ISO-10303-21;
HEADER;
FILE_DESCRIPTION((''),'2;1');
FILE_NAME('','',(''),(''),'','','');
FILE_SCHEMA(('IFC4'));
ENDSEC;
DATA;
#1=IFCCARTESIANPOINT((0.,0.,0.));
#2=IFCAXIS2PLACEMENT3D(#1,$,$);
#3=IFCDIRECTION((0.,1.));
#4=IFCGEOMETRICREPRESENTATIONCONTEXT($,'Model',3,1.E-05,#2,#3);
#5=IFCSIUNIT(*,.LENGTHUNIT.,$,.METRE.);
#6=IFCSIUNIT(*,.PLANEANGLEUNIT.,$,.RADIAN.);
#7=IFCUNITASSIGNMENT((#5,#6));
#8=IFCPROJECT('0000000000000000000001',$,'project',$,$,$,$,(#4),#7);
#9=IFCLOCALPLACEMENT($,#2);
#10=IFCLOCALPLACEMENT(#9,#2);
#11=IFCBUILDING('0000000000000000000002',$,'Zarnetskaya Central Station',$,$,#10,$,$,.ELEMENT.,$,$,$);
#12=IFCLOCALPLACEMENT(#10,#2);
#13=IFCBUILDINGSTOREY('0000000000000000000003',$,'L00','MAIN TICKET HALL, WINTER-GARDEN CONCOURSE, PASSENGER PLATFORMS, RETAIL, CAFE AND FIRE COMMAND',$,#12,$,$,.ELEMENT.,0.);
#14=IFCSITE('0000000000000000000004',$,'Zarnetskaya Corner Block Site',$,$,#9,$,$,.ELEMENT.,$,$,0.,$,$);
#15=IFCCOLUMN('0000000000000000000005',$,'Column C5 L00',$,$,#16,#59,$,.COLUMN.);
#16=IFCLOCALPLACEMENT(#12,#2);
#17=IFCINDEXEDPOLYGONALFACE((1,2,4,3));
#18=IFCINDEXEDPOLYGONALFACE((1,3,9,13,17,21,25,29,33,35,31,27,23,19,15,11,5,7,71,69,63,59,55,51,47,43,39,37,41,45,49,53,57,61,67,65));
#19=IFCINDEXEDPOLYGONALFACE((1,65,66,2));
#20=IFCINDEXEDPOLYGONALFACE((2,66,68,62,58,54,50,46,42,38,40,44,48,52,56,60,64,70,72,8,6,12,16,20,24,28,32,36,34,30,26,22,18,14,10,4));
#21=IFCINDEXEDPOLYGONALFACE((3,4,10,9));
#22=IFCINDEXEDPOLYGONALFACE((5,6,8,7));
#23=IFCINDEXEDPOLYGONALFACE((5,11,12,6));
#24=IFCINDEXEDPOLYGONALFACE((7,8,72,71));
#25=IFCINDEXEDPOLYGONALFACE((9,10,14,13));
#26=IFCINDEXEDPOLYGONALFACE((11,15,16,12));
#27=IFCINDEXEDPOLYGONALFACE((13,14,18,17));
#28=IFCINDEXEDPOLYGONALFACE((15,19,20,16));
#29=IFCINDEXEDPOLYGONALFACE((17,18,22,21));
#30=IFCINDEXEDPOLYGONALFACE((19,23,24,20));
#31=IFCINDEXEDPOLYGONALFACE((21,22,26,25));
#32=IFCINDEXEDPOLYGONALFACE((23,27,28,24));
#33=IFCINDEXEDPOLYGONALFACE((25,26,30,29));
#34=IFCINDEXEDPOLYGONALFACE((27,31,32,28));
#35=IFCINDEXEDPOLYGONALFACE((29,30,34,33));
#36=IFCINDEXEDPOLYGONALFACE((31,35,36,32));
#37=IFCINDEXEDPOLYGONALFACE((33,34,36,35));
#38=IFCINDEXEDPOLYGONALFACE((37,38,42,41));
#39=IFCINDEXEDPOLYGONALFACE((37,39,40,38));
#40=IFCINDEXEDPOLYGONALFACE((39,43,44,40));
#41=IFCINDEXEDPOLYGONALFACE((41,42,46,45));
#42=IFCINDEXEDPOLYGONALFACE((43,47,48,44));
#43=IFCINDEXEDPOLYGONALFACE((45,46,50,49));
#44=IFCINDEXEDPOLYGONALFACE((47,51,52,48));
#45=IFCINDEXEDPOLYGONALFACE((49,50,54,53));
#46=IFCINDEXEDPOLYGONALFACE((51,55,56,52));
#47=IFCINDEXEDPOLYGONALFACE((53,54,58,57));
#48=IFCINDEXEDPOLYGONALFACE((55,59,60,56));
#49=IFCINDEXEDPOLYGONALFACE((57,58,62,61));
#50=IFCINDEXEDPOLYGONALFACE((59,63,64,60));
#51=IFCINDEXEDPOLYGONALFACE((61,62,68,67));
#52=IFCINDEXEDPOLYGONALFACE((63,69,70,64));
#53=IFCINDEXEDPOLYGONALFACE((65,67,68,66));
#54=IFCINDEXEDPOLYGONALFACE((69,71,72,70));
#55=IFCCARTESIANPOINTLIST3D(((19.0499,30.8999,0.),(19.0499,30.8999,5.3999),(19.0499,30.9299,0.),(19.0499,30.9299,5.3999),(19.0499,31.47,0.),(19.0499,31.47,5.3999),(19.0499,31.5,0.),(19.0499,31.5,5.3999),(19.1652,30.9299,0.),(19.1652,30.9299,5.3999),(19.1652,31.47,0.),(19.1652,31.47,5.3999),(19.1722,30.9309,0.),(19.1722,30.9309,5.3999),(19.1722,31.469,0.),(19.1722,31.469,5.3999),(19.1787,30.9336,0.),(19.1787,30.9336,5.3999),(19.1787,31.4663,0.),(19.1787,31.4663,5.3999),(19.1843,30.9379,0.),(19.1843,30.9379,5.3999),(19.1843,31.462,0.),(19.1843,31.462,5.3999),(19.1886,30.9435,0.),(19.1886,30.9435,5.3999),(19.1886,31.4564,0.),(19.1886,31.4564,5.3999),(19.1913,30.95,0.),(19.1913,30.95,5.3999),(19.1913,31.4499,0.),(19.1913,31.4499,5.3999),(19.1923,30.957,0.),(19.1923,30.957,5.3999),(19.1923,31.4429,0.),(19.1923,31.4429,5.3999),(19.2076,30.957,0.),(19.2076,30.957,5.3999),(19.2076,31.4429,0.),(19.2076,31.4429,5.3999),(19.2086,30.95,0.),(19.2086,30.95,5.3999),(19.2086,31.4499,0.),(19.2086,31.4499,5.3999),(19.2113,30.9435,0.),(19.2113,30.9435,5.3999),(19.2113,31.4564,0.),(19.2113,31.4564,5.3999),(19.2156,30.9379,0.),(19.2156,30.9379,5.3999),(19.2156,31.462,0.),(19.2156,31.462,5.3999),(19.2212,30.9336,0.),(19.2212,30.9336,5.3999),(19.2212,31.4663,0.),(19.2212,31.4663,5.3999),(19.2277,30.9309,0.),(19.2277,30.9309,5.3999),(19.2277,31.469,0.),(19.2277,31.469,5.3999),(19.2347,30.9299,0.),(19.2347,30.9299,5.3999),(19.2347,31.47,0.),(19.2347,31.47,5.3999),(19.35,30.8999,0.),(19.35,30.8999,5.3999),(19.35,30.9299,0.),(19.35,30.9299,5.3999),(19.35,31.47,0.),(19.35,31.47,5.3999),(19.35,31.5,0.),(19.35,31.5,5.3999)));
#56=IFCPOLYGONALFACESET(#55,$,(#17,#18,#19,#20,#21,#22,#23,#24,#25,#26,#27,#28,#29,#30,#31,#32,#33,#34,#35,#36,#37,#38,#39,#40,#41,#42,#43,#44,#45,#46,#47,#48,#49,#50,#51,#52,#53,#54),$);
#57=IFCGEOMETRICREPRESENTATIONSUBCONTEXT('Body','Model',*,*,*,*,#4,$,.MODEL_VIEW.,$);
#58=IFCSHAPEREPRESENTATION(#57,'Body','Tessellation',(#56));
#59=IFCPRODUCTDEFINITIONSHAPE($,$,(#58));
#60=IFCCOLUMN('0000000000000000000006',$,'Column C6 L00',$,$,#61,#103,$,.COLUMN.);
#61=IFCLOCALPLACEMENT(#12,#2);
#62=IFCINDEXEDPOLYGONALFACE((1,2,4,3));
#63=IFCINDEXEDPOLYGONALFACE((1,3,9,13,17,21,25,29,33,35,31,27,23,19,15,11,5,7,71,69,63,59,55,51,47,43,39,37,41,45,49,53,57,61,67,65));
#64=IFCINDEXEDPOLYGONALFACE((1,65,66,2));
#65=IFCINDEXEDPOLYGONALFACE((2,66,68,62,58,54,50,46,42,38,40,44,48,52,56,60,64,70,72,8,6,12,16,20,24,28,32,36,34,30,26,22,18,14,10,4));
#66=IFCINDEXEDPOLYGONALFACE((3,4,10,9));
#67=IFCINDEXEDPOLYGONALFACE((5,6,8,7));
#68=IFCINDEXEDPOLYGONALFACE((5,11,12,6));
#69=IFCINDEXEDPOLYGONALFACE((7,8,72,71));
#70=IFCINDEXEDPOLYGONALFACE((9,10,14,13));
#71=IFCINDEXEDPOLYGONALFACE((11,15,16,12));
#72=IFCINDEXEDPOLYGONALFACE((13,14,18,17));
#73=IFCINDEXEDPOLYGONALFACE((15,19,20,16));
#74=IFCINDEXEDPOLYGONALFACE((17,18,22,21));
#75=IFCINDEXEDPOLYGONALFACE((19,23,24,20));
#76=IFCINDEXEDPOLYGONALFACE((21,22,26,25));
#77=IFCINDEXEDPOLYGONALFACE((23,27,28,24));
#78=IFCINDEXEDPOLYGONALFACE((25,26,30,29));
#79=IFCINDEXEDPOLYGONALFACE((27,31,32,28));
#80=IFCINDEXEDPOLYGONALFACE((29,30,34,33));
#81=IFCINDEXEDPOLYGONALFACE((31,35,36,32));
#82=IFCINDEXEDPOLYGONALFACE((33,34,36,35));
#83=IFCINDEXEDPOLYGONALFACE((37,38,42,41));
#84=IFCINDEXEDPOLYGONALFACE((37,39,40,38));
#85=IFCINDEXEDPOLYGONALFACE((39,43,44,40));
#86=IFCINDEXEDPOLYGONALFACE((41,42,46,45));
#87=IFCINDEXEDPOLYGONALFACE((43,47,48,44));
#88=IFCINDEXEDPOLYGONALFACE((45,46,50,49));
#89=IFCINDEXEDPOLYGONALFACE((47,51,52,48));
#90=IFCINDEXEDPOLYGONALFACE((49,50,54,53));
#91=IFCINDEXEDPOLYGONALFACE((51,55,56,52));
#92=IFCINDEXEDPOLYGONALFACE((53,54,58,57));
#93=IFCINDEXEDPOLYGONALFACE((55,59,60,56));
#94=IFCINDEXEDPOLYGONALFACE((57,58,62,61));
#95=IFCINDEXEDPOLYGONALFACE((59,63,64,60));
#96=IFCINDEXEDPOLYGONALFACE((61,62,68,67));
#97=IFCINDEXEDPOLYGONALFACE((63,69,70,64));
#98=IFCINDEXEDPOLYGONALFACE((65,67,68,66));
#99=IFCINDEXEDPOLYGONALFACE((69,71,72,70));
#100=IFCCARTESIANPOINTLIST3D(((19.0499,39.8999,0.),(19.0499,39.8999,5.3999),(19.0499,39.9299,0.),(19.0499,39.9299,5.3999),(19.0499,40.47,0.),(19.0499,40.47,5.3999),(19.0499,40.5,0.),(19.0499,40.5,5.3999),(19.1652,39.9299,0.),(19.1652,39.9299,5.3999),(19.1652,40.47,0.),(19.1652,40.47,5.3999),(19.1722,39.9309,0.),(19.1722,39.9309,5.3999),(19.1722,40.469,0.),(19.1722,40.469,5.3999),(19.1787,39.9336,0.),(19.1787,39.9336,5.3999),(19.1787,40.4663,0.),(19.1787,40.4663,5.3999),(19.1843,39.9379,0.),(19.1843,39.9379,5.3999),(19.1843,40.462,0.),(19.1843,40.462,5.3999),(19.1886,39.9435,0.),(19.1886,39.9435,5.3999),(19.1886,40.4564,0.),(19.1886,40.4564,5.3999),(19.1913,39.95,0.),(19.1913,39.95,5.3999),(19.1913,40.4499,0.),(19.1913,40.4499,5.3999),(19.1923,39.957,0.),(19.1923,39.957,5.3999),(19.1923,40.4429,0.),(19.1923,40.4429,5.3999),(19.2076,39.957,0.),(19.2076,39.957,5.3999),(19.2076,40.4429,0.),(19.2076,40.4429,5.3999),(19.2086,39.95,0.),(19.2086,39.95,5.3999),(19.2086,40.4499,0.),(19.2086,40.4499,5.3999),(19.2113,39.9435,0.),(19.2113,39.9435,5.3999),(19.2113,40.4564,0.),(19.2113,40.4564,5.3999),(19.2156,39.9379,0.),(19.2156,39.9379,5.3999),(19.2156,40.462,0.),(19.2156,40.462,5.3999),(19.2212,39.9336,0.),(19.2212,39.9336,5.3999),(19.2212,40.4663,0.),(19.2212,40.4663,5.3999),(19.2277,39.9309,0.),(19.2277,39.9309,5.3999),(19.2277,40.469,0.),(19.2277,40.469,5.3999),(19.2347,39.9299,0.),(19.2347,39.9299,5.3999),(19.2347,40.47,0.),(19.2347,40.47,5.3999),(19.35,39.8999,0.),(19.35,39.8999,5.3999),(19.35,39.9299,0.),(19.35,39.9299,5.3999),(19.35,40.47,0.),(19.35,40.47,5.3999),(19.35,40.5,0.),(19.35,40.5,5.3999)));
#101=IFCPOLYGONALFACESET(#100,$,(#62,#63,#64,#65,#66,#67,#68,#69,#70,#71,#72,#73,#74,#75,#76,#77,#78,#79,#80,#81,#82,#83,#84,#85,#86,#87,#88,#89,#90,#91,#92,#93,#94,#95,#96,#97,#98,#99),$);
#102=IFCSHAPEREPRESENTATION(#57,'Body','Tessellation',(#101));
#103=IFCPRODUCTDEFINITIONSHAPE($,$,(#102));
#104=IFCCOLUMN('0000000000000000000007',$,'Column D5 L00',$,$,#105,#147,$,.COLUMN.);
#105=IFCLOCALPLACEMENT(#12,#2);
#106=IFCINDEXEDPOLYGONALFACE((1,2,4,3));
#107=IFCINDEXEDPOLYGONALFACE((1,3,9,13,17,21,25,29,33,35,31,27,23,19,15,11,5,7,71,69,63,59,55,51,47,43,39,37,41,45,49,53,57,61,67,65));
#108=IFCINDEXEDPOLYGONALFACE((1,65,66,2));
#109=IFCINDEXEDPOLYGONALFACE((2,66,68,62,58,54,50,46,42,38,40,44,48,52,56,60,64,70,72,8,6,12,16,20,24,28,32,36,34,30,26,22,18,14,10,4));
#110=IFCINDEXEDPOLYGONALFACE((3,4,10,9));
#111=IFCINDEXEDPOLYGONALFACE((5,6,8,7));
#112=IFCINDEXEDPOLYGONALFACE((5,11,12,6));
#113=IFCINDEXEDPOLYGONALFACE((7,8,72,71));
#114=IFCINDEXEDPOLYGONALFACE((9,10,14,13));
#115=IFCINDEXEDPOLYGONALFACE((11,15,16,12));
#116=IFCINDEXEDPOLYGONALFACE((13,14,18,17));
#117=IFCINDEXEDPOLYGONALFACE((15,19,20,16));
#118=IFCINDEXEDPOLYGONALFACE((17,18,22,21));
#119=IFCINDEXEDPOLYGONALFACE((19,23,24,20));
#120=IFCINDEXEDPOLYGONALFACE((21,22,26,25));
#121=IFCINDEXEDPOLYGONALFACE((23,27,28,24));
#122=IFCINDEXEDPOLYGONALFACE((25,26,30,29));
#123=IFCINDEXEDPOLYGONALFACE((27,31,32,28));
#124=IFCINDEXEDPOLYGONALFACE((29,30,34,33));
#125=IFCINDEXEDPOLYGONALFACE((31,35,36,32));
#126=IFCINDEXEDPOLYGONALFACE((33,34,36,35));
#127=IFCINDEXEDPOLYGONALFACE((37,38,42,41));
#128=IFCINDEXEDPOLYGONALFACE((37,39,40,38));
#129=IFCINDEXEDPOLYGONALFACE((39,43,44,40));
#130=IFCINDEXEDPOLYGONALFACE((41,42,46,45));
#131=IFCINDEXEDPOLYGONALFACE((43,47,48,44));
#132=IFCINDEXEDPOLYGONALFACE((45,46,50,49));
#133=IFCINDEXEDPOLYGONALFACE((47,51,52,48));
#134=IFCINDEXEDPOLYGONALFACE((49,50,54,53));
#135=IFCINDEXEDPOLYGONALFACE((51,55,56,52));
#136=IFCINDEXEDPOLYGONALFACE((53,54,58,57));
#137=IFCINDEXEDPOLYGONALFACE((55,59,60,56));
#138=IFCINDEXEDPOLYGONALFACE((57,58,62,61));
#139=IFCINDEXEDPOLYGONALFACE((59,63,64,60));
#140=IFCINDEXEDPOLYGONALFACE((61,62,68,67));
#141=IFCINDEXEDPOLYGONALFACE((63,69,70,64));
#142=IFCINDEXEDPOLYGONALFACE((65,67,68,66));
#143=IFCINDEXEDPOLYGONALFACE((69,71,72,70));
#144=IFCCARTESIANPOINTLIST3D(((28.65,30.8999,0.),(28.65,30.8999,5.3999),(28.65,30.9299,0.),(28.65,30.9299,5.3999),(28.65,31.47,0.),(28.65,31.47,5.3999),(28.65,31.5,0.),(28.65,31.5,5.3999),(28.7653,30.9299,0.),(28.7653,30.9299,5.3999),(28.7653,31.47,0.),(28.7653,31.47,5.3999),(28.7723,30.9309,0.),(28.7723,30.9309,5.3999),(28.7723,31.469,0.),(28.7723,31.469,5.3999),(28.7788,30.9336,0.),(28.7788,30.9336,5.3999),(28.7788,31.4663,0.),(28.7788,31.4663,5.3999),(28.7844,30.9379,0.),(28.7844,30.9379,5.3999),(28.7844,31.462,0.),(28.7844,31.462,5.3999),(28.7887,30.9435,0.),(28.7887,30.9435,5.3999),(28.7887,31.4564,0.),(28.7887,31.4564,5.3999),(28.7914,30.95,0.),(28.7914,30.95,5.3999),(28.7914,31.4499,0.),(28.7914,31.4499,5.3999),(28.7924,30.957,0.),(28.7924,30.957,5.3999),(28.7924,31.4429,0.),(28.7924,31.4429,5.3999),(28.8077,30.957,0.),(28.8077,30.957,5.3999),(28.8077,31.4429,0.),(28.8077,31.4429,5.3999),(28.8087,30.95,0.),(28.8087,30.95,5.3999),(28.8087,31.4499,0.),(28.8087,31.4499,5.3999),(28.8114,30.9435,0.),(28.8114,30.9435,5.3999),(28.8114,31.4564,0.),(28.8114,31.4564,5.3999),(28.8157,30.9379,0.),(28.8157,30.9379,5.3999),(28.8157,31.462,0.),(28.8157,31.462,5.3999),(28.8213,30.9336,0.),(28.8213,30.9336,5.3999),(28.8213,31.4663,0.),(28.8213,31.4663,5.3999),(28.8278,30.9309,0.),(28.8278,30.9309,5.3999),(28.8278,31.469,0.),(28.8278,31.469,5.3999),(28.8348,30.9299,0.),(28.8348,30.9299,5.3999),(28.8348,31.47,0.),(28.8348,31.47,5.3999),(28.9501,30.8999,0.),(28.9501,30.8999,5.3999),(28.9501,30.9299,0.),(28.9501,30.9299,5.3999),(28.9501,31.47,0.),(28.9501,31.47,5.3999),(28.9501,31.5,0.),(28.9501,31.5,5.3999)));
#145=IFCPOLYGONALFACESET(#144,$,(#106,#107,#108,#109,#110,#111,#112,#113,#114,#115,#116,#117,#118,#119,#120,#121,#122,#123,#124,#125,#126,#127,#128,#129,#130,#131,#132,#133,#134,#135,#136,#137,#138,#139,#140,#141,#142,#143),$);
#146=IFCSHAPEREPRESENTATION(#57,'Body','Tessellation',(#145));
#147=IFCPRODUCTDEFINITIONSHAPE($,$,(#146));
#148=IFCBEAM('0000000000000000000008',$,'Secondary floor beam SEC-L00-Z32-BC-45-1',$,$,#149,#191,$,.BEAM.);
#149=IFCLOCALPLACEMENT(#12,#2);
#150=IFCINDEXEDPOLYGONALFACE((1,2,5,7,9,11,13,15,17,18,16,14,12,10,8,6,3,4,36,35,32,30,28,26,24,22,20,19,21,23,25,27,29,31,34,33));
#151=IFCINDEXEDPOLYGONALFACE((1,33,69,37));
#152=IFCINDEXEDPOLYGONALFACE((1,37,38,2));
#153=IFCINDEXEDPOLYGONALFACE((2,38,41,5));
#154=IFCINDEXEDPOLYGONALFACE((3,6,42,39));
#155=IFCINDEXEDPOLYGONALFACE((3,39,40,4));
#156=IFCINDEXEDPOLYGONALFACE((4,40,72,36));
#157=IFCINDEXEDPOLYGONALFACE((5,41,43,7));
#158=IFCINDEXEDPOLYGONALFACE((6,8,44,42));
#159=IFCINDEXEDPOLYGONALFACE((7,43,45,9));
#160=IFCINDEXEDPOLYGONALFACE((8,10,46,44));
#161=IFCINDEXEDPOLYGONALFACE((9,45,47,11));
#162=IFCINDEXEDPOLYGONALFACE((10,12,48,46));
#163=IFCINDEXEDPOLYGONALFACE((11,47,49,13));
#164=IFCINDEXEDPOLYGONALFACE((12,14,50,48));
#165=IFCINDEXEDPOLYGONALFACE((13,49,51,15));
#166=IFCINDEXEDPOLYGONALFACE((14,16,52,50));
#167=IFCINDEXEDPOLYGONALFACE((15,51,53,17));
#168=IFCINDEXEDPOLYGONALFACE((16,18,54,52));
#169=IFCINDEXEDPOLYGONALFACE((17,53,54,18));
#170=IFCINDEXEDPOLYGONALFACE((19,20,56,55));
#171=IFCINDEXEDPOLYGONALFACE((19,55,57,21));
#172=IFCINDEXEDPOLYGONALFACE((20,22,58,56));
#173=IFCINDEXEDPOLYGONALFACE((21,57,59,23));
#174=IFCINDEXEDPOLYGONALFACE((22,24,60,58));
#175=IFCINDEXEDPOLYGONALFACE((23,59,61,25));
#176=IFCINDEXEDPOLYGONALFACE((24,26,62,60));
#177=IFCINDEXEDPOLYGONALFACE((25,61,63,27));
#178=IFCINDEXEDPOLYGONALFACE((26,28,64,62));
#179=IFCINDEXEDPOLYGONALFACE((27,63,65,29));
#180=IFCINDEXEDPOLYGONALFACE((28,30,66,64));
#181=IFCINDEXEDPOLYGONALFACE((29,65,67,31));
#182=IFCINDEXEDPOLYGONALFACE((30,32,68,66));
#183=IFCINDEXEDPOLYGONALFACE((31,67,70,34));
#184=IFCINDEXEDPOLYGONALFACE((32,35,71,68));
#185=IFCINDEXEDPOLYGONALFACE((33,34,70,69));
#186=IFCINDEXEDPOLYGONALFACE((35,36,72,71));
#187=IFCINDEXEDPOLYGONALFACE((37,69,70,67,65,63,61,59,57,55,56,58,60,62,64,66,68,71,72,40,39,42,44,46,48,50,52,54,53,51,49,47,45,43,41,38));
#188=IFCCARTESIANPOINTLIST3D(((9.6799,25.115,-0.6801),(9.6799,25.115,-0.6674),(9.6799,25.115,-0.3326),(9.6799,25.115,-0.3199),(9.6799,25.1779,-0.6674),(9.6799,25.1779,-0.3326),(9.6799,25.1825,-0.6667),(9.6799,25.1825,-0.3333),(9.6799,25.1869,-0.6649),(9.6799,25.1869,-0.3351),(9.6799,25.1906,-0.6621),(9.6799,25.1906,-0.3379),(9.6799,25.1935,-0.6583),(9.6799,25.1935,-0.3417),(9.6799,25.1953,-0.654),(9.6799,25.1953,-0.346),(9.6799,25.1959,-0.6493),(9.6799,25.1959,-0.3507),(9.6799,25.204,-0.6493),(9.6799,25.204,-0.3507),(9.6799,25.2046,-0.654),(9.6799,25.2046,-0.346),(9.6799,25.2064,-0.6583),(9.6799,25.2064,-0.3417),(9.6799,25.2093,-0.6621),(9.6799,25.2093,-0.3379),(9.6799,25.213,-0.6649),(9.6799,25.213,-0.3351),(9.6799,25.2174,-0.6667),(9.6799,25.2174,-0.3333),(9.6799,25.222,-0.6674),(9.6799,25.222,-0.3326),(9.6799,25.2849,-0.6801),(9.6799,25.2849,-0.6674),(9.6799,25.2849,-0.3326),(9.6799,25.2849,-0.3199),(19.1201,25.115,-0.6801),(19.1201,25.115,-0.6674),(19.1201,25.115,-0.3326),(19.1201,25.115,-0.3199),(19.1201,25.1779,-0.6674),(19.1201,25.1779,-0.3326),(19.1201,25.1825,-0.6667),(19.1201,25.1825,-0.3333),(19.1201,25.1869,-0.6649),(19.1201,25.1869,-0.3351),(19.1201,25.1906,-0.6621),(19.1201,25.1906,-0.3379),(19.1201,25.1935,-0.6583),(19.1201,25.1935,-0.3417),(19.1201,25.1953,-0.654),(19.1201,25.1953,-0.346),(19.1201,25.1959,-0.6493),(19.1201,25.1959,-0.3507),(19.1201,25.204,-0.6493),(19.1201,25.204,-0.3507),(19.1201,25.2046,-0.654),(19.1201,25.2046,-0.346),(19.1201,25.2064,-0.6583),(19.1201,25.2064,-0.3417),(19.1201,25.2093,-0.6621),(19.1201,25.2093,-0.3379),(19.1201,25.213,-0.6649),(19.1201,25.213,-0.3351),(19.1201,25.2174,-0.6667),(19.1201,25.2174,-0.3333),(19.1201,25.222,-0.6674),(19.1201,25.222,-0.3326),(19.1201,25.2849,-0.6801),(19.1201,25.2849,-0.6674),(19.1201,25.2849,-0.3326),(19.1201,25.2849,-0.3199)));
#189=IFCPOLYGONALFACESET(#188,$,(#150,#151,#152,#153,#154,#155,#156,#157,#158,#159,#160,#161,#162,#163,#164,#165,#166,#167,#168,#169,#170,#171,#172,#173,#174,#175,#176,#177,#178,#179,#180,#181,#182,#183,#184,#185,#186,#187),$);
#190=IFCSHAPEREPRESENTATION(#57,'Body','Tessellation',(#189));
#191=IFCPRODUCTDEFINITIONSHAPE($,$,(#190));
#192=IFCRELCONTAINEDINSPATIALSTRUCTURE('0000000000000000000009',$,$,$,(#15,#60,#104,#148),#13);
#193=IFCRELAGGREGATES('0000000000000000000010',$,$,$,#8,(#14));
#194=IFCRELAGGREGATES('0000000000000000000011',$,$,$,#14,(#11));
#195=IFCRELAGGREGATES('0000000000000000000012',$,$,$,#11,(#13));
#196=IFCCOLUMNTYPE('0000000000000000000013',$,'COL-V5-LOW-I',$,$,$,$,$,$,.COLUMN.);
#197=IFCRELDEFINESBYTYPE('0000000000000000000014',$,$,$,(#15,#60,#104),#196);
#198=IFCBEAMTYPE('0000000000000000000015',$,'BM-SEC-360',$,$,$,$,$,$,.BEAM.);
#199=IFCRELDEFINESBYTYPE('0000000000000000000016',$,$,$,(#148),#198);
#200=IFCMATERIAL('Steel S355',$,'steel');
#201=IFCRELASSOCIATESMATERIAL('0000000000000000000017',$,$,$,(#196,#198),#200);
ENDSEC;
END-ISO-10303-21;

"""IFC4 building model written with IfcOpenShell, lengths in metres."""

from ifc_helpers import new_model, si_unit, direction, frame, origin, origin_2d, place, context, subcontext, project, spatial, i_section, extrude, material, material_profile, profile_set, type_object, element, save


model = new_model("IFC4")

# Units and contexts
model_context = context("Model", 3, precision=1e-05, world=origin(), true_north=direction((0.0, 1.0)))
body_context = subcontext(model_context, "Body", "Model", "MODEL_VIEW")
ifc_project = project(units=[si_unit("LENGTHUNIT", "METRE"), si_unit("PLANEANGLEUNIT", "RADIAN")], contexts=[model_context])

# Site, building, storey
site_placement = place(None, origin())
site = spatial("IfcSite", under=ifc_project, at=site_placement, Name="Zarnetskaya Corner Block Site", CompositionType="ELEMENT", RefElevation=0.0)
building_placement = place(site_placement, origin())
building = spatial("IfcBuilding", under=site, at=building_placement, Name="Zarnetskaya Central Station", CompositionType="ELEMENT")
storey_placement = place(building_placement, origin())
storey = spatial("IfcBuildingStorey", under=building, at=storey_placement, Name="L00", Description="MAIN TICKET HALL, WINTER-GARDEN CONCOURSE, PASSENGER PLATFORMS, RETAIL, CAFE AND FIRE COMMAND", CompositionType="ELEMENT", Elevation=0.0)

# Columns
ifc_material_1 = material(Name="Steel S355", Category="steel")
ifc_material_profile_1 = material_profile(ifc_material_1, i_section(OverallWidth=0.3, OverallDepth=0.6001, WebThickness=0.0154, FlangeThickness=0.03, FilletRadius=0.0271, at=origin_2d()), Name="HEB 600")
ifc_profile_set_1 = profile_set([ifc_material_profile_1], Name="Steel S355")
column_type = type_object("IfcColumnType", Name="COL-V5-LOW-I", PredefinedType="COLUMN", material=ifc_profile_set_1)
for number, where, z_axis, x_axis, name in (
    (1, (19.2, 31.2, 0.0), (0.0, 0.0, 1.0), (1.0, 0.0, 0.0), "Column C5 L00"),
    (2, (19.2, 40.2, 0.0), (0.0, 0.0, 1.0), (1.0, 0.0, 0.0), "Column C6 L00"),
    (3, (28.8, 31.2, 0.0), (0.0, 0.0, 1.0), (1.0, 0.0, 0.0), "Column D5 L00"),
):
    element("IfcColumn", number, at=place(storey_placement, frame(where, z_axis=z_axis, x_axis=x_axis)), inside=storey, type_object=column_type, Name=name, PredefinedType="COLUMN", context=body_context, shape_type="SweptSolid", body=[
        extrude(i_section(OverallWidth=0.3, OverallDepth=0.6001, WebThickness=0.0154, FlangeThickness=0.03, FilletRadius=0.0271, at=origin_2d()), origin(), (0.0, 0.0, 1.0), 5.3999),
    ])

# Beam
ifc_material_profile_2 = material_profile(ifc_material_1, i_section(OverallWidth=0.1699, OverallDepth=0.3601, WebThickness=0.0081, FlangeThickness=0.0127, FilletRadius=0.0181, at=origin_2d()), Name="IPE 360")
ifc_profile_set_2 = profile_set([ifc_material_profile_2], Name="Steel S355")
beam_type_1 = type_object("IfcBeamType", Name="BM-SEC-360", PredefinedType="BEAM", material=ifc_profile_set_2)
for number, where, z_axis, x_axis, name in (
    (4, (9.6799, 25.2, -0.5), (1.0, 0.0, 0.0), (0.0, 1.0, 0.0), "Secondary floor beam SEC-L00-Z32-BC-45-1"),
):
    element("IfcBeam", number, at=place(storey_placement, frame(where, z_axis=z_axis, x_axis=x_axis)), inside=storey, type_object=beam_type_1, Name=name, PredefinedType="BEAM", context=body_context, shape_type="SweptSolid", body=[
        extrude(i_section(OverallWidth=0.1699, OverallDepth=0.3601, WebThickness=0.0081, FlangeThickness=0.0127, FilletRadius=0.0181, at=origin_2d()), origin(), (0.0, 0.0, 1.0), 9.4402),
    ])

save(model, "model.ifc")
